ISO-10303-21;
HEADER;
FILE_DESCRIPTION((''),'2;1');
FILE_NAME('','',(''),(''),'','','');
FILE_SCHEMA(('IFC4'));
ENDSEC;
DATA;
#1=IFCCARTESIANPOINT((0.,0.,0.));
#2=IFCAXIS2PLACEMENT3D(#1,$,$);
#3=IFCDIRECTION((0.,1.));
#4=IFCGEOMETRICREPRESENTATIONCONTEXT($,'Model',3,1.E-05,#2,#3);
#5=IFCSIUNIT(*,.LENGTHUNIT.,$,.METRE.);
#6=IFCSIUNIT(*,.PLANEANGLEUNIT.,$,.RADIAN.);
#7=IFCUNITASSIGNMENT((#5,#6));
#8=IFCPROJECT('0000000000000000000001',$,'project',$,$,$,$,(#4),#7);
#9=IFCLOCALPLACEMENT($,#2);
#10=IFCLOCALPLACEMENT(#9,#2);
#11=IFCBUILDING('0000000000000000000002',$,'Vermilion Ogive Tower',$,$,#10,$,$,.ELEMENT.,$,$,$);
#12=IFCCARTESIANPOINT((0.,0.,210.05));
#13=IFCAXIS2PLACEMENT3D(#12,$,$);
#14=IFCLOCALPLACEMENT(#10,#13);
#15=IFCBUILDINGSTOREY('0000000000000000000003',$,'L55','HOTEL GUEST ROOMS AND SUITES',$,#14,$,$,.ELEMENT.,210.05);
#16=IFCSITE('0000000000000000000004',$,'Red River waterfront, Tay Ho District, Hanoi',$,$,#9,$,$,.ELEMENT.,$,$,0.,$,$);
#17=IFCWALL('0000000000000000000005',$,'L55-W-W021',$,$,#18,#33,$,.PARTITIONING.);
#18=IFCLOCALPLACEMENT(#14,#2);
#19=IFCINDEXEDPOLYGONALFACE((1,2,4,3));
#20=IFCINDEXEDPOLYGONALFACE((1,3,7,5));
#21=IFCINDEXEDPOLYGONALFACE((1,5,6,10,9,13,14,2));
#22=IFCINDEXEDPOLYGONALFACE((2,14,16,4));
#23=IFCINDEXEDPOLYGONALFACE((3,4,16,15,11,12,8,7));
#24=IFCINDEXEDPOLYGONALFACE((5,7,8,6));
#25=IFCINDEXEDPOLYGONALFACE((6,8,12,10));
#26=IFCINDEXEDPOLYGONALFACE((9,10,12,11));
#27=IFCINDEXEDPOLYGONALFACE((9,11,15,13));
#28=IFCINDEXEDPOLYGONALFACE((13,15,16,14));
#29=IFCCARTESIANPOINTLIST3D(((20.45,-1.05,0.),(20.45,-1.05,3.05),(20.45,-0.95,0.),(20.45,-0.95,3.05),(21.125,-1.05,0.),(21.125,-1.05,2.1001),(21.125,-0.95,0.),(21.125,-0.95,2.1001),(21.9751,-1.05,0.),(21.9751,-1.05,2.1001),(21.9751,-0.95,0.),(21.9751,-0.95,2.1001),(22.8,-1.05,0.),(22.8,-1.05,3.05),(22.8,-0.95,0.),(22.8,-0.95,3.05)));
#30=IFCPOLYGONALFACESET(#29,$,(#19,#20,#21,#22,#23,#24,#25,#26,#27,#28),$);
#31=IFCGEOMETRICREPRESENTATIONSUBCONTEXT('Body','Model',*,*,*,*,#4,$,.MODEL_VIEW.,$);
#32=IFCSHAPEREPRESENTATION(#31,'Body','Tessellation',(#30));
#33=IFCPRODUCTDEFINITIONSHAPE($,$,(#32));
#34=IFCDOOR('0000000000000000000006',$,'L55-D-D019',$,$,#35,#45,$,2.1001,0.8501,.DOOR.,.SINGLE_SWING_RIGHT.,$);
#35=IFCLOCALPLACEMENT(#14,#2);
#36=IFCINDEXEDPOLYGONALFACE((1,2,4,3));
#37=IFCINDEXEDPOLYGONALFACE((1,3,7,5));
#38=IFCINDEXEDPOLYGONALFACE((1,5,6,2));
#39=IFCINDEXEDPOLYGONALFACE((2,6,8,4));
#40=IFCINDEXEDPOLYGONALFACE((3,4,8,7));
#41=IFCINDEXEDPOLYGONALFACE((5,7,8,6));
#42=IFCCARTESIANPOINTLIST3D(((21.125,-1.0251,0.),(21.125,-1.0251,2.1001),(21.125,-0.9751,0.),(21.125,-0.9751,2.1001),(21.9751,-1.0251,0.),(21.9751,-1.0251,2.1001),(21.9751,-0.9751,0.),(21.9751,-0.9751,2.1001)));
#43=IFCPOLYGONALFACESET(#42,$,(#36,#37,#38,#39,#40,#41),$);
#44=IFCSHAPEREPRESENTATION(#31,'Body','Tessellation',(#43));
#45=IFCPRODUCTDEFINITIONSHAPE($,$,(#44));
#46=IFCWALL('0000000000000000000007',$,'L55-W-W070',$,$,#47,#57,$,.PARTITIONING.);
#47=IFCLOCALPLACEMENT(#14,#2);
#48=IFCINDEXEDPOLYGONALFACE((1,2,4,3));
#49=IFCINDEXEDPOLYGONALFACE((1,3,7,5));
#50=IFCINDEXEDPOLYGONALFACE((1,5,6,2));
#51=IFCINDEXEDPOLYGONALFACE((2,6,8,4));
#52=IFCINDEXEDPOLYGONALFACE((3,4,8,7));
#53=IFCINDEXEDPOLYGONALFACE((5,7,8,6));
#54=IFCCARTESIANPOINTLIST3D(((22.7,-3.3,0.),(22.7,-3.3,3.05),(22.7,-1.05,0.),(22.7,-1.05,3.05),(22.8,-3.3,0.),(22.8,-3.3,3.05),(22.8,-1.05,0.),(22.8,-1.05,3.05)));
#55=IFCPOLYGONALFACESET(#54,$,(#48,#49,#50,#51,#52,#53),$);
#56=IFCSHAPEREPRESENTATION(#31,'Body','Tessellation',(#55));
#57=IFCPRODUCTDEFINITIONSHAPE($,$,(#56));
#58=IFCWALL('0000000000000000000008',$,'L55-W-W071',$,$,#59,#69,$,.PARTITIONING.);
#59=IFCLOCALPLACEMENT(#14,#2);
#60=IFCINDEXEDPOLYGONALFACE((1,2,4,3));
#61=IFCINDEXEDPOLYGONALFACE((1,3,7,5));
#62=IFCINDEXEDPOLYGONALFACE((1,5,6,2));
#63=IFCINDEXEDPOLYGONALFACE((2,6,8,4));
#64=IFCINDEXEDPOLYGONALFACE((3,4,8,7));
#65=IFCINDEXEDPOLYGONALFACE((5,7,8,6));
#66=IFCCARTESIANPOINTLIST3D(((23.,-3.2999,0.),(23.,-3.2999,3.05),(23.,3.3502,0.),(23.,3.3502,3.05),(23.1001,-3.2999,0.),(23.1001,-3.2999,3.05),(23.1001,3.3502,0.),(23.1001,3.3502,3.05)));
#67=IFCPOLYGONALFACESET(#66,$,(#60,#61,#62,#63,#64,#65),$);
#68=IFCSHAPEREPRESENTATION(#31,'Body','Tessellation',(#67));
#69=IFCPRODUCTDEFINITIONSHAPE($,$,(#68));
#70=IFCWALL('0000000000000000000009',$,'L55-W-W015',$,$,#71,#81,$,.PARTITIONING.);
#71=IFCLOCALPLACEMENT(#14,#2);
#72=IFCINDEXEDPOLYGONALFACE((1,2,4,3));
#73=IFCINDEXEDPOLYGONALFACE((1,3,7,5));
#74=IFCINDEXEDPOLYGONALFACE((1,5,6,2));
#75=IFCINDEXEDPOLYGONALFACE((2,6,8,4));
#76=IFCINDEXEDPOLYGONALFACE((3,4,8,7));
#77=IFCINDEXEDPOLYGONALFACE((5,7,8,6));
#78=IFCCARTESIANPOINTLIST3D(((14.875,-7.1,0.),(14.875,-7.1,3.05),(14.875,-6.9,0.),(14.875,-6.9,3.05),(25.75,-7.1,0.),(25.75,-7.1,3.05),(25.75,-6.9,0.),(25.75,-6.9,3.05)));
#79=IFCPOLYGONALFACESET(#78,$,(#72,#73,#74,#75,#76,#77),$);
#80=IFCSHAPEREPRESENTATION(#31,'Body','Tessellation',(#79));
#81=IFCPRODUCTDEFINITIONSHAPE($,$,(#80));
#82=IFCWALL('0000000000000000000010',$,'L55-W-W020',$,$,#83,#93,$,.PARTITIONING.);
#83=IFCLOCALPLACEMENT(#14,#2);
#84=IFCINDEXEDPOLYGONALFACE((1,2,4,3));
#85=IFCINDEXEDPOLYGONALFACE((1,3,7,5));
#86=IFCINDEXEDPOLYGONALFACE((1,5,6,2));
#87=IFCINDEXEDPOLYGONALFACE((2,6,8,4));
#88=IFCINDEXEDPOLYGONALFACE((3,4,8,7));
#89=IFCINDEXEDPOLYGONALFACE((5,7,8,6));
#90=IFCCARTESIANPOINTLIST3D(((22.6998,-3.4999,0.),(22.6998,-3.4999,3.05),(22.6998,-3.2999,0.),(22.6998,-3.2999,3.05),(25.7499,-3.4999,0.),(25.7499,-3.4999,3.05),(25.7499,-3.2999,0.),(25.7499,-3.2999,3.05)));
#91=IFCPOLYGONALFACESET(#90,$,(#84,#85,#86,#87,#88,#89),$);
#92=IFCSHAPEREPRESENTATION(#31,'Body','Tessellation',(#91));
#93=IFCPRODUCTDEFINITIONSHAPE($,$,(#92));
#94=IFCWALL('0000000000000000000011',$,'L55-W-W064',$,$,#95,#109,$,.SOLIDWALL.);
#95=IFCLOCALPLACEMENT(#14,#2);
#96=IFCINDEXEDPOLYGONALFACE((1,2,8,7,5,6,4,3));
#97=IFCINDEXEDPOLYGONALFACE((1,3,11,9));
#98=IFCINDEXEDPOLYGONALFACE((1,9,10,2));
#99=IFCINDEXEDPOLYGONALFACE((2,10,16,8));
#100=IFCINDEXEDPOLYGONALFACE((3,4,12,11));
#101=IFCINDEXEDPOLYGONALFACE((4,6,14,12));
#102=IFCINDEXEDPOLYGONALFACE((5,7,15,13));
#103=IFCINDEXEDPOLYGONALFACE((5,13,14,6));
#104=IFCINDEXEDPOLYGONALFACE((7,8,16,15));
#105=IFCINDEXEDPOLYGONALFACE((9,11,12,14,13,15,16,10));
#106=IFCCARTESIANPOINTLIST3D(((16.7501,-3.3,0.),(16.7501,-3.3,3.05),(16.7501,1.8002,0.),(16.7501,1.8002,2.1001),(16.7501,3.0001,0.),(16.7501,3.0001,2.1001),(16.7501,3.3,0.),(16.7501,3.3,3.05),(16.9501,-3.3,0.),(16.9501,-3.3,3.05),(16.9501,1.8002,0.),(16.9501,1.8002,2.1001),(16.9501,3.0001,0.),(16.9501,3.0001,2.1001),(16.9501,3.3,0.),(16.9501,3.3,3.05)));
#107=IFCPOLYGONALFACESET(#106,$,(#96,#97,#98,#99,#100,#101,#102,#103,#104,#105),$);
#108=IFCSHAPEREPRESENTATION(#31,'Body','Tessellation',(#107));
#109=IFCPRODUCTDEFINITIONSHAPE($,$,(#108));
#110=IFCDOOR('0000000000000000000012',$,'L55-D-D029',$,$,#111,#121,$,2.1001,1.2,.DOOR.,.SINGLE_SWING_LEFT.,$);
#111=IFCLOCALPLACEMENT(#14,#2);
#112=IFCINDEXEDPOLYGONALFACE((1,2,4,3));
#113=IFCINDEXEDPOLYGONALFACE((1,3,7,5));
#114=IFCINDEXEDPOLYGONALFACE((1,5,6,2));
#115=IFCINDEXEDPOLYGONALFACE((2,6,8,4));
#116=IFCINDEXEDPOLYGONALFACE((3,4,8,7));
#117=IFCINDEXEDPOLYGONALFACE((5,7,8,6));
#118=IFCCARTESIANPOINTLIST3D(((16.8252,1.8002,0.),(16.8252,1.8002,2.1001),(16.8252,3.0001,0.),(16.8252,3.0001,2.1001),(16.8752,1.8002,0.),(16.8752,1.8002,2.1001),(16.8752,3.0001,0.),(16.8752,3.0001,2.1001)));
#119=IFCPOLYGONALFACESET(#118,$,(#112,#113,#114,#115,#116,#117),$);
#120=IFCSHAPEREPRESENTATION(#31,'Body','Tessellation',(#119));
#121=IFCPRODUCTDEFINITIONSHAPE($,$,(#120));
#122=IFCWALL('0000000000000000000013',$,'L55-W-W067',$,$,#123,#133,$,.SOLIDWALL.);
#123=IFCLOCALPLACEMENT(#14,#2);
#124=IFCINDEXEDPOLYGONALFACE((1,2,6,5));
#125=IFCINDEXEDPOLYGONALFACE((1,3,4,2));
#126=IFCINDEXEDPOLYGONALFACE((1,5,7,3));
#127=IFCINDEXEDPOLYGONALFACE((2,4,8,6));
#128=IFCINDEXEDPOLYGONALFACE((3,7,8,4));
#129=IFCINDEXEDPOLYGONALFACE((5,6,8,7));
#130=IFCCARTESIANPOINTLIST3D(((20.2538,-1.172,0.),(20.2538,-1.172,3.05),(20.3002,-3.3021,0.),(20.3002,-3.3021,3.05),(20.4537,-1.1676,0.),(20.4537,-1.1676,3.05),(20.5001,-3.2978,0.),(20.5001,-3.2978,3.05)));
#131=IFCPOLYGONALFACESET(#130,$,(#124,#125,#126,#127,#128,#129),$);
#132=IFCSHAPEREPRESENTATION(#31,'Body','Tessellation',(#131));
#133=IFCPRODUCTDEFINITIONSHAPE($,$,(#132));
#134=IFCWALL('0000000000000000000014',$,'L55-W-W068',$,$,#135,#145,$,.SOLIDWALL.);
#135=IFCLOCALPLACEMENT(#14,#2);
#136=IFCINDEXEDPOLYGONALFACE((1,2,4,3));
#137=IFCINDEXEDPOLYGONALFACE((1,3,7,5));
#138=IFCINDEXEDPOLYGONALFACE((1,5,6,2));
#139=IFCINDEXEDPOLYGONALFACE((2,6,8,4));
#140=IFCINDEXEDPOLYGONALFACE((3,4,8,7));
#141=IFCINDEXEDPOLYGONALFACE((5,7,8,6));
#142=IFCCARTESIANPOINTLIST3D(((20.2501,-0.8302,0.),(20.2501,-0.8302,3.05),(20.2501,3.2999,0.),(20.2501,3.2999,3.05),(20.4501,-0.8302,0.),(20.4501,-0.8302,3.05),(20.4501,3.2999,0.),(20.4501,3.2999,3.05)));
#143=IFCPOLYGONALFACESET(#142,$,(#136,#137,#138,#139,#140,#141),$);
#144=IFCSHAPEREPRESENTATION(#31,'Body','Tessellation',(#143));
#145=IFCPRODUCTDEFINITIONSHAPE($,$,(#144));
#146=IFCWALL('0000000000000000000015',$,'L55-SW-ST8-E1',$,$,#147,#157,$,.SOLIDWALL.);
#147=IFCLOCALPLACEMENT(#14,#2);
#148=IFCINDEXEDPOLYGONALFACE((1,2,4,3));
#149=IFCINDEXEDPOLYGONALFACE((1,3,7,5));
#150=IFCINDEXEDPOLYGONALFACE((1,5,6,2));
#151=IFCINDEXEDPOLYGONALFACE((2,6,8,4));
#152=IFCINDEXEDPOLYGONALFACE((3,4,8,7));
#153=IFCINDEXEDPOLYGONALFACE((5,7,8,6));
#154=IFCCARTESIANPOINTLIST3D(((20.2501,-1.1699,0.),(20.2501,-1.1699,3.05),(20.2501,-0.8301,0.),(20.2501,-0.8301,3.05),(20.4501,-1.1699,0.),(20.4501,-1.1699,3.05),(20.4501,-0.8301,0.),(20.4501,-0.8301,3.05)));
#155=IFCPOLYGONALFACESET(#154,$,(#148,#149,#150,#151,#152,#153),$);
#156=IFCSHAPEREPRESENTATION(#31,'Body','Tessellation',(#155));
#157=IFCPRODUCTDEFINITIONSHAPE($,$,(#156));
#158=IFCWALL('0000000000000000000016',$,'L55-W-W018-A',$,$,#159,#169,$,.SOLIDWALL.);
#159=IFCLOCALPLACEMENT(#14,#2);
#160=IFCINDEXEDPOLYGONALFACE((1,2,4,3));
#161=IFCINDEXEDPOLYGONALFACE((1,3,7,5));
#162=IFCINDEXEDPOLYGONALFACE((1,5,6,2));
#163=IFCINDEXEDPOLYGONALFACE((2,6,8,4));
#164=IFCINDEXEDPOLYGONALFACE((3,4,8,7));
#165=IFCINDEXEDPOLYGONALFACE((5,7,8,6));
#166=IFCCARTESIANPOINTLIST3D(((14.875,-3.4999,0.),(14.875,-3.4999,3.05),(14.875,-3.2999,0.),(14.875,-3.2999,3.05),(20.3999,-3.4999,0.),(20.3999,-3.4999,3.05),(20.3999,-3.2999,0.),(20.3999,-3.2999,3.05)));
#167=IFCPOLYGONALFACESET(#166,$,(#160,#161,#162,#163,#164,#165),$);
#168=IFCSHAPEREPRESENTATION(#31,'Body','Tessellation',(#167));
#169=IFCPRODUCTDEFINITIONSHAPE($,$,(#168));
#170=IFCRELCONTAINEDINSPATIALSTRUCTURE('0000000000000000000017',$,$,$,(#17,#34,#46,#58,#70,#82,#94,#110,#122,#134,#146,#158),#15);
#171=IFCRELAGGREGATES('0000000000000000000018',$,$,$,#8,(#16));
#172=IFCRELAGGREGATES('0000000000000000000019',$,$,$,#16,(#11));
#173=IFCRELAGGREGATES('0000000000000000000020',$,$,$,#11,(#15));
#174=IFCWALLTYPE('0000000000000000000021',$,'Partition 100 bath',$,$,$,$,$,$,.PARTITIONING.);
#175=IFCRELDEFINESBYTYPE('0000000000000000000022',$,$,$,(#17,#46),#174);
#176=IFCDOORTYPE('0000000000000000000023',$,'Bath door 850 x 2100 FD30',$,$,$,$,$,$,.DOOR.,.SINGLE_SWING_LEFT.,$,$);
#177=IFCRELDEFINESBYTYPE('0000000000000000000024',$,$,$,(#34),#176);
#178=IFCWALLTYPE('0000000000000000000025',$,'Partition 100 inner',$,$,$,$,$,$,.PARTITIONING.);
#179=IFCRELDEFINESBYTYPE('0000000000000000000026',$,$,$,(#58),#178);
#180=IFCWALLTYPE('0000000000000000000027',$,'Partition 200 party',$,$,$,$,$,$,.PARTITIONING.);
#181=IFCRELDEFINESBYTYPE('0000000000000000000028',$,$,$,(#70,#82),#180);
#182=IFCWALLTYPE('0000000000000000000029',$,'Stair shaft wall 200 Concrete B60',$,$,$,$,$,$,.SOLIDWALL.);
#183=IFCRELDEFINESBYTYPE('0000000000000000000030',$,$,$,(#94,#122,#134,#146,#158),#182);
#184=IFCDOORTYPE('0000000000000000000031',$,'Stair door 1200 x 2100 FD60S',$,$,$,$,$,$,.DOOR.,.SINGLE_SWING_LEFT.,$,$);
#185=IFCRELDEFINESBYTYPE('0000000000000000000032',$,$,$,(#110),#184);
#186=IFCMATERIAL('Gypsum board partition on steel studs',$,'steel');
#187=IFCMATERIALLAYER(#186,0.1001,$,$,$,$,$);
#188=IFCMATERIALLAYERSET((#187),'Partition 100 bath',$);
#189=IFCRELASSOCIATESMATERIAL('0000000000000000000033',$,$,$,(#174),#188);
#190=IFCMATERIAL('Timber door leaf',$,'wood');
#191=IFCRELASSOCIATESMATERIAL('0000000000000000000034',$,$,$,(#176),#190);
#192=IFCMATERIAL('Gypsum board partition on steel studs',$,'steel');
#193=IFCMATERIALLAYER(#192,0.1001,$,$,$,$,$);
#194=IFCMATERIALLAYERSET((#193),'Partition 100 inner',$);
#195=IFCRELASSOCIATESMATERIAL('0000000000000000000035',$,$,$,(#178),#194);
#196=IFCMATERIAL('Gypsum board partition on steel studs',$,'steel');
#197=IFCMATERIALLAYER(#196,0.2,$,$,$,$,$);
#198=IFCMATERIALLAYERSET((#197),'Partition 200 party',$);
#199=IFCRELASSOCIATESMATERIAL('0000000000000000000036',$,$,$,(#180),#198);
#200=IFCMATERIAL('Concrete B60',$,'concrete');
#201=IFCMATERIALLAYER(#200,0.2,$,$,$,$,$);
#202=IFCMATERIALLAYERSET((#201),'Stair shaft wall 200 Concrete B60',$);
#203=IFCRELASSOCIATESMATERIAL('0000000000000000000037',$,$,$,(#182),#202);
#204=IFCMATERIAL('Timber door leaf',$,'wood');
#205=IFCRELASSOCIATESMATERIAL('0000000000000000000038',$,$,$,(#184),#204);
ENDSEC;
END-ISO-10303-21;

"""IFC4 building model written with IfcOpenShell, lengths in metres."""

from ifc_helpers import new_model, si_unit, direction, frame, frame_2d, origin, place, context, subcontext, project, spatial, rectangle, extrude, material, layer, layer_set, type_object, element, fill, save


model = new_model("IFC4")

# Units and contexts
model_context = context("Model", 3, precision=1e-05, world=origin(), true_north=direction((0.0, 1.0)))
body_context = subcontext(model_context, "Body", "Model", "MODEL_VIEW")
ifc_project = project(units=[si_unit("LENGTHUNIT", "METRE"), si_unit("PLANEANGLEUNIT", "RADIAN")], contexts=[model_context])

# Site, building, storey
site_placement = place(None, origin())
site = spatial("IfcSite", under=ifc_project, at=site_placement, Name="Red River waterfront, Tay Ho District, Hanoi", CompositionType="ELEMENT", RefElevation=0.0)
building_placement = place(site_placement, origin())
building = spatial("IfcBuilding", under=site, at=building_placement, Name="Vermilion Ogive Tower", CompositionType="ELEMENT")
storey_placement = place(building_placement, frame((0.0, 0.0, 210.05)))
storey = spatial("IfcBuildingStorey", under=building, at=storey_placement, Name="L55", Description="HOTEL GUEST ROOMS AND SUITES", CompositionType="ELEMENT", Elevation=210.05)

# Shared definitions
ifc_material_1 = material(Name="Gypsum board partition on steel studs", Category="steel")
ifc_layer_1 = layer(ifc_material_1, 0.1001)
ifc_layer_set_1 = layer_set([ifc_layer_1], Name="Partition 100 bath")
wall_type_1 = type_object("IfcWallType", Name="Partition 100 bath", PredefinedType="PARTITIONING", material=ifc_layer_set_1)

# Wall, opening, door
wall_1_placement = place(storey_placement, frame((20.45, -1.0, 0.0), z_axis=(0.0, 0.0, 1.0), x_axis=(1.0, 0.0, 0.0)))
wall_1 = element("IfcWall", 1, at=wall_1_placement, inside=storey, type_object=wall_type_1, Name="L55-W-W021", PredefinedType="PARTITIONING", context=body_context, shape_type="SweptSolid", body=[
    extrude(rectangle(XDim=2.3501, YDim=0.1001, at=frame_2d((1.175, 0.0))), origin(), (0.0, 0.0, 1.0), 3.05),
])
opening_1_placement = place(wall_1_placement, frame((0.675, 0.0, 0.0)))
opening_1 = element("IfcOpeningElement", 2, at=opening_1_placement, cuts=wall_1, PredefinedType="OPENING", context=body_context, shape_type="SweptSolid", body=[
    extrude(rectangle(XDim=0.8501, YDim=2.1001, at=frame_2d((0.425, 1.05))), frame((0.0, 0.0601, 0.0), z_axis=(0.0, -1.0, 0.0), x_axis=(1.0, 0.0, 0.0)), (0.0, 0.0, 1.0), 0.1201),
])
ifc_material_2 = material(Name="Timber door leaf", Category="wood")
door_type_1 = type_object("IfcDoorType", Name="Bath door 850 x 2100 FD30", OperationType="SINGLE_SWING_LEFT", PredefinedType="DOOR", material=ifc_material_2)
door_1_placement = place(opening_1_placement, origin())
door_1 = element("IfcDoor", 3, at=door_1_placement, inside=storey, type_object=door_type_1, Name="L55-D-D019", OperationType="SINGLE_SWING_RIGHT", OverallHeight=2.1001, OverallWidth=0.8501, PredefinedType="DOOR", context=body_context, shape_type="SweptSolid", body=[
    extrude(rectangle(XDim=0.8501, YDim=2.1001, at=frame_2d((0.425, 1.05))), frame((0.0, 0.0249, 0.0), z_axis=(0.0, -1.0, 0.0), x_axis=(1.0, 0.0, 0.0)), (0.0, 0.0, 1.0), 0.05),
])
fill(opening_1, door_1)

# Walls
wall_2_placement = place(storey_placement, frame((22.75, -3.3, 0.0), z_axis=(0.0, 0.0, 1.0), x_axis=(0.0, 1.0, 0.0)))
element("IfcWall", 4, at=wall_2_placement, inside=storey, type_object=wall_type_1, Name="L55-W-W070", PredefinedType="PARTITIONING", context=body_context, shape_type="SweptSolid", body=[
    extrude(rectangle(XDim=2.25, YDim=0.1001, at=frame_2d((1.125, 0.0))), origin(), (0.0, 0.0, 1.0), 3.05),
])
ifc_material_3 = material(Name="Gypsum board partition on steel studs", Category="steel")
ifc_layer_2 = layer(ifc_material_3, 0.1001)
ifc_layer_set_2 = layer_set([ifc_layer_2], Name="Partition 100 inner")
wall_type_2 = type_object("IfcWallType", Name="Partition 100 inner", PredefinedType="PARTITIONING", material=ifc_layer_set_2)
wall_3_placement = place(storey_placement, frame((23.05, -3.3, 0.0), z_axis=(0.0, 0.0, 1.0), x_axis=(0.0, 1.0, 0.0)))
element("IfcWall", 5, at=wall_3_placement, inside=storey, type_object=wall_type_2, Name="L55-W-W071", PredefinedType="PARTITIONING", context=body_context, shape_type="SweptSolid", body=[
    extrude(rectangle(XDim=6.6501, YDim=0.1001, at=frame_2d((3.3252, 0.0))), origin(), (0.0, 0.0, 1.0), 3.05),
])
ifc_material_4 = material(Name="Gypsum board partition on steel studs", Category="steel")
ifc_layer_3 = layer(ifc_material_4, 0.2)
ifc_layer_set_3 = layer_set([ifc_layer_3], Name="Partition 200 party")
wall_type_3 = type_object("IfcWallType", Name="Partition 200 party", PredefinedType="PARTITIONING", material=ifc_layer_set_3)
wall_4_placement = place(storey_placement, frame((14.875, -7.0, 0.0), z_axis=(0.0, 0.0, 1.0), x_axis=(1.0, 0.0, 0.0)))
element("IfcWall", 6, at=wall_4_placement, inside=storey, type_object=wall_type_3, Name="L55-W-W015", PredefinedType="PARTITIONING", context=body_context, shape_type="SweptSolid", body=[
    extrude(rectangle(XDim=10.875, YDim=0.2, at=frame_2d((5.4375, 0.0))), origin(), (0.0, 0.0, 1.0), 3.05),
])
wall_5_placement = place(storey_placement, frame((22.7, -3.3999, 0.0), z_axis=(0.0, 0.0, 1.0), x_axis=(1.0, 0.0, 0.0)))
element("IfcWall", 7, at=wall_5_placement, inside=storey, type_object=wall_type_3, Name="L55-W-W020", PredefinedType="PARTITIONING", context=body_context, shape_type="SweptSolid", body=[
    extrude(rectangle(XDim=3.05, YDim=0.2, at=frame_2d((1.5249, 0.0))), origin(), (0.0, 0.0, 1.0), 3.05),
])

# Wall, opening, door
ifc_material_5 = material(Name="Concrete B60", Category="concrete")
ifc_layer_4 = layer(ifc_material_5, 0.2)
ifc_layer_set_4 = layer_set([ifc_layer_4], Name="Stair shaft wall 200 Concrete B60")
wall_type_4 = type_object("IfcWallType", Name="Stair shaft wall 200 Concrete B60", PredefinedType="SOLIDWALL", material=ifc_layer_set_4)
wall_6_placement = place(storey_placement, frame((16.8501, -3.3, 0.0), z_axis=(0.0, 0.0, 1.0), x_axis=(0.0, 1.0, 0.0)))
wall_6 = element("IfcWall", 8, at=wall_6_placement, inside=storey, type_object=wall_type_4, Name="L55-W-W064", PredefinedType="SOLIDWALL", context=body_context, shape_type="SweptSolid", body=[
    extrude(rectangle(XDim=6.6001, YDim=0.2, at=frame_2d((3.3, 0.0))), origin(), (0.0, 0.0, 1.0), 3.05),
])
opening_2_placement = place(wall_6_placement, frame((5.1001, 0.0, 0.0)))
opening_2 = element("IfcOpeningElement", 9, at=opening_2_placement, cuts=wall_6, PredefinedType="OPENING", context=body_context, shape_type="SweptSolid", body=[
    extrude(rectangle(XDim=1.2, YDim=2.1001, at=frame_2d((0.6001, 1.05))), frame((0.0, 0.1099, 0.0), z_axis=(0.0, -1.0, 0.0), x_axis=(1.0, 0.0, 0.0)), (0.0, 0.0, 1.0), 0.22),
])
ifc_material_6 = material(Name="Timber door leaf", Category="wood")
door_type_2 = type_object("IfcDoorType", Name="Stair door 1200 x 2100 FD60S", OperationType="SINGLE_SWING_LEFT", PredefinedType="DOOR", material=ifc_material_6)
door_2_placement = place(opening_2_placement, origin())
door_2 = element("IfcDoor", 10, at=door_2_placement, inside=storey, type_object=door_type_2, Name="L55-D-D029", OperationType="SINGLE_SWING_LEFT", OverallHeight=2.1001, OverallWidth=1.2, PredefinedType="DOOR", context=body_context, shape_type="SweptSolid", body=[
    extrude(rectangle(XDim=1.2, YDim=2.1001, at=frame_2d((0.6001, 1.05))), frame((0.0, 0.0249, 0.0), z_axis=(0.0, -1.0, 0.0), x_axis=(1.0, 0.0, 0.0)), (0.0, 0.0, 1.0), 0.05),
])
fill(opening_2, door_2)

# Walls
wall_7_placement = place(storey_placement, frame((20.4001, -3.3, 0.0), z_axis=(0.0, 0.0, 1.0), x_axis=(-0.021771, 0.999763, 0.0)))
element("IfcWall", 11, at=wall_7_placement, inside=storey, type_object=wall_type_4, Name="L55-W-W067", PredefinedType="SOLIDWALL", context=body_context, shape_type="SweptSolid", body=[
    extrude(rectangle(XDim=2.1306, YDim=0.2, at=frame_2d((1.0654, 0.0))), origin(), (0.0, 0.0, 1.0), 3.05),
])
wall_8_placement = place(storey_placement, frame((20.3501, -0.8301, 0.0), z_axis=(0.0, 0.0, 1.0), x_axis=(0.0, 1.0, 0.0)))
element("IfcWall", 12, at=wall_8_placement, inside=storey, type_object=wall_type_4, Name="L55-W-W068", PredefinedType="SOLIDWALL", context=body_context, shape_type="SweptSolid", body=[
    extrude(rectangle(XDim=4.1301, YDim=0.2, at=frame_2d((2.0649, 0.0))), origin(), (0.0, 0.0, 1.0), 3.05),
])
wall_9_placement = place(storey_placement, frame((20.3501, -1.1699, 0.0), z_axis=(0.0, 0.0, 1.0), x_axis=(0.0, 1.0, 0.0)))
element("IfcWall", 13, at=wall_9_placement, inside=storey, type_object=wall_type_4, Name="L55-SW-ST8-E1", PredefinedType="SOLIDWALL", context=body_context, shape_type="SweptSolid", body=[
    extrude(rectangle(XDim=0.3398, YDim=0.2, at=frame_2d((0.1699, 0.0))), origin(), (0.0, 0.0, 1.0), 3.05),
])
wall_10_placement = place(storey_placement, frame((14.875, -3.3999, 0.0), z_axis=(0.0, 0.0, 1.0), x_axis=(1.0, 0.0, 0.0)))
element("IfcWall", 14, at=wall_10_placement, inside=storey, type_object=wall_type_4, Name="L55-W-W018-A", PredefinedType="SOLIDWALL", context=body_context, shape_type="SweptSolid", body=[
    extrude(rectangle(XDim=5.5249, YDim=0.2, at=frame_2d((2.7625, 0.0))), origin(), (0.0, 0.0, 1.0), 3.05),
])

save(model, "model.ifc")
